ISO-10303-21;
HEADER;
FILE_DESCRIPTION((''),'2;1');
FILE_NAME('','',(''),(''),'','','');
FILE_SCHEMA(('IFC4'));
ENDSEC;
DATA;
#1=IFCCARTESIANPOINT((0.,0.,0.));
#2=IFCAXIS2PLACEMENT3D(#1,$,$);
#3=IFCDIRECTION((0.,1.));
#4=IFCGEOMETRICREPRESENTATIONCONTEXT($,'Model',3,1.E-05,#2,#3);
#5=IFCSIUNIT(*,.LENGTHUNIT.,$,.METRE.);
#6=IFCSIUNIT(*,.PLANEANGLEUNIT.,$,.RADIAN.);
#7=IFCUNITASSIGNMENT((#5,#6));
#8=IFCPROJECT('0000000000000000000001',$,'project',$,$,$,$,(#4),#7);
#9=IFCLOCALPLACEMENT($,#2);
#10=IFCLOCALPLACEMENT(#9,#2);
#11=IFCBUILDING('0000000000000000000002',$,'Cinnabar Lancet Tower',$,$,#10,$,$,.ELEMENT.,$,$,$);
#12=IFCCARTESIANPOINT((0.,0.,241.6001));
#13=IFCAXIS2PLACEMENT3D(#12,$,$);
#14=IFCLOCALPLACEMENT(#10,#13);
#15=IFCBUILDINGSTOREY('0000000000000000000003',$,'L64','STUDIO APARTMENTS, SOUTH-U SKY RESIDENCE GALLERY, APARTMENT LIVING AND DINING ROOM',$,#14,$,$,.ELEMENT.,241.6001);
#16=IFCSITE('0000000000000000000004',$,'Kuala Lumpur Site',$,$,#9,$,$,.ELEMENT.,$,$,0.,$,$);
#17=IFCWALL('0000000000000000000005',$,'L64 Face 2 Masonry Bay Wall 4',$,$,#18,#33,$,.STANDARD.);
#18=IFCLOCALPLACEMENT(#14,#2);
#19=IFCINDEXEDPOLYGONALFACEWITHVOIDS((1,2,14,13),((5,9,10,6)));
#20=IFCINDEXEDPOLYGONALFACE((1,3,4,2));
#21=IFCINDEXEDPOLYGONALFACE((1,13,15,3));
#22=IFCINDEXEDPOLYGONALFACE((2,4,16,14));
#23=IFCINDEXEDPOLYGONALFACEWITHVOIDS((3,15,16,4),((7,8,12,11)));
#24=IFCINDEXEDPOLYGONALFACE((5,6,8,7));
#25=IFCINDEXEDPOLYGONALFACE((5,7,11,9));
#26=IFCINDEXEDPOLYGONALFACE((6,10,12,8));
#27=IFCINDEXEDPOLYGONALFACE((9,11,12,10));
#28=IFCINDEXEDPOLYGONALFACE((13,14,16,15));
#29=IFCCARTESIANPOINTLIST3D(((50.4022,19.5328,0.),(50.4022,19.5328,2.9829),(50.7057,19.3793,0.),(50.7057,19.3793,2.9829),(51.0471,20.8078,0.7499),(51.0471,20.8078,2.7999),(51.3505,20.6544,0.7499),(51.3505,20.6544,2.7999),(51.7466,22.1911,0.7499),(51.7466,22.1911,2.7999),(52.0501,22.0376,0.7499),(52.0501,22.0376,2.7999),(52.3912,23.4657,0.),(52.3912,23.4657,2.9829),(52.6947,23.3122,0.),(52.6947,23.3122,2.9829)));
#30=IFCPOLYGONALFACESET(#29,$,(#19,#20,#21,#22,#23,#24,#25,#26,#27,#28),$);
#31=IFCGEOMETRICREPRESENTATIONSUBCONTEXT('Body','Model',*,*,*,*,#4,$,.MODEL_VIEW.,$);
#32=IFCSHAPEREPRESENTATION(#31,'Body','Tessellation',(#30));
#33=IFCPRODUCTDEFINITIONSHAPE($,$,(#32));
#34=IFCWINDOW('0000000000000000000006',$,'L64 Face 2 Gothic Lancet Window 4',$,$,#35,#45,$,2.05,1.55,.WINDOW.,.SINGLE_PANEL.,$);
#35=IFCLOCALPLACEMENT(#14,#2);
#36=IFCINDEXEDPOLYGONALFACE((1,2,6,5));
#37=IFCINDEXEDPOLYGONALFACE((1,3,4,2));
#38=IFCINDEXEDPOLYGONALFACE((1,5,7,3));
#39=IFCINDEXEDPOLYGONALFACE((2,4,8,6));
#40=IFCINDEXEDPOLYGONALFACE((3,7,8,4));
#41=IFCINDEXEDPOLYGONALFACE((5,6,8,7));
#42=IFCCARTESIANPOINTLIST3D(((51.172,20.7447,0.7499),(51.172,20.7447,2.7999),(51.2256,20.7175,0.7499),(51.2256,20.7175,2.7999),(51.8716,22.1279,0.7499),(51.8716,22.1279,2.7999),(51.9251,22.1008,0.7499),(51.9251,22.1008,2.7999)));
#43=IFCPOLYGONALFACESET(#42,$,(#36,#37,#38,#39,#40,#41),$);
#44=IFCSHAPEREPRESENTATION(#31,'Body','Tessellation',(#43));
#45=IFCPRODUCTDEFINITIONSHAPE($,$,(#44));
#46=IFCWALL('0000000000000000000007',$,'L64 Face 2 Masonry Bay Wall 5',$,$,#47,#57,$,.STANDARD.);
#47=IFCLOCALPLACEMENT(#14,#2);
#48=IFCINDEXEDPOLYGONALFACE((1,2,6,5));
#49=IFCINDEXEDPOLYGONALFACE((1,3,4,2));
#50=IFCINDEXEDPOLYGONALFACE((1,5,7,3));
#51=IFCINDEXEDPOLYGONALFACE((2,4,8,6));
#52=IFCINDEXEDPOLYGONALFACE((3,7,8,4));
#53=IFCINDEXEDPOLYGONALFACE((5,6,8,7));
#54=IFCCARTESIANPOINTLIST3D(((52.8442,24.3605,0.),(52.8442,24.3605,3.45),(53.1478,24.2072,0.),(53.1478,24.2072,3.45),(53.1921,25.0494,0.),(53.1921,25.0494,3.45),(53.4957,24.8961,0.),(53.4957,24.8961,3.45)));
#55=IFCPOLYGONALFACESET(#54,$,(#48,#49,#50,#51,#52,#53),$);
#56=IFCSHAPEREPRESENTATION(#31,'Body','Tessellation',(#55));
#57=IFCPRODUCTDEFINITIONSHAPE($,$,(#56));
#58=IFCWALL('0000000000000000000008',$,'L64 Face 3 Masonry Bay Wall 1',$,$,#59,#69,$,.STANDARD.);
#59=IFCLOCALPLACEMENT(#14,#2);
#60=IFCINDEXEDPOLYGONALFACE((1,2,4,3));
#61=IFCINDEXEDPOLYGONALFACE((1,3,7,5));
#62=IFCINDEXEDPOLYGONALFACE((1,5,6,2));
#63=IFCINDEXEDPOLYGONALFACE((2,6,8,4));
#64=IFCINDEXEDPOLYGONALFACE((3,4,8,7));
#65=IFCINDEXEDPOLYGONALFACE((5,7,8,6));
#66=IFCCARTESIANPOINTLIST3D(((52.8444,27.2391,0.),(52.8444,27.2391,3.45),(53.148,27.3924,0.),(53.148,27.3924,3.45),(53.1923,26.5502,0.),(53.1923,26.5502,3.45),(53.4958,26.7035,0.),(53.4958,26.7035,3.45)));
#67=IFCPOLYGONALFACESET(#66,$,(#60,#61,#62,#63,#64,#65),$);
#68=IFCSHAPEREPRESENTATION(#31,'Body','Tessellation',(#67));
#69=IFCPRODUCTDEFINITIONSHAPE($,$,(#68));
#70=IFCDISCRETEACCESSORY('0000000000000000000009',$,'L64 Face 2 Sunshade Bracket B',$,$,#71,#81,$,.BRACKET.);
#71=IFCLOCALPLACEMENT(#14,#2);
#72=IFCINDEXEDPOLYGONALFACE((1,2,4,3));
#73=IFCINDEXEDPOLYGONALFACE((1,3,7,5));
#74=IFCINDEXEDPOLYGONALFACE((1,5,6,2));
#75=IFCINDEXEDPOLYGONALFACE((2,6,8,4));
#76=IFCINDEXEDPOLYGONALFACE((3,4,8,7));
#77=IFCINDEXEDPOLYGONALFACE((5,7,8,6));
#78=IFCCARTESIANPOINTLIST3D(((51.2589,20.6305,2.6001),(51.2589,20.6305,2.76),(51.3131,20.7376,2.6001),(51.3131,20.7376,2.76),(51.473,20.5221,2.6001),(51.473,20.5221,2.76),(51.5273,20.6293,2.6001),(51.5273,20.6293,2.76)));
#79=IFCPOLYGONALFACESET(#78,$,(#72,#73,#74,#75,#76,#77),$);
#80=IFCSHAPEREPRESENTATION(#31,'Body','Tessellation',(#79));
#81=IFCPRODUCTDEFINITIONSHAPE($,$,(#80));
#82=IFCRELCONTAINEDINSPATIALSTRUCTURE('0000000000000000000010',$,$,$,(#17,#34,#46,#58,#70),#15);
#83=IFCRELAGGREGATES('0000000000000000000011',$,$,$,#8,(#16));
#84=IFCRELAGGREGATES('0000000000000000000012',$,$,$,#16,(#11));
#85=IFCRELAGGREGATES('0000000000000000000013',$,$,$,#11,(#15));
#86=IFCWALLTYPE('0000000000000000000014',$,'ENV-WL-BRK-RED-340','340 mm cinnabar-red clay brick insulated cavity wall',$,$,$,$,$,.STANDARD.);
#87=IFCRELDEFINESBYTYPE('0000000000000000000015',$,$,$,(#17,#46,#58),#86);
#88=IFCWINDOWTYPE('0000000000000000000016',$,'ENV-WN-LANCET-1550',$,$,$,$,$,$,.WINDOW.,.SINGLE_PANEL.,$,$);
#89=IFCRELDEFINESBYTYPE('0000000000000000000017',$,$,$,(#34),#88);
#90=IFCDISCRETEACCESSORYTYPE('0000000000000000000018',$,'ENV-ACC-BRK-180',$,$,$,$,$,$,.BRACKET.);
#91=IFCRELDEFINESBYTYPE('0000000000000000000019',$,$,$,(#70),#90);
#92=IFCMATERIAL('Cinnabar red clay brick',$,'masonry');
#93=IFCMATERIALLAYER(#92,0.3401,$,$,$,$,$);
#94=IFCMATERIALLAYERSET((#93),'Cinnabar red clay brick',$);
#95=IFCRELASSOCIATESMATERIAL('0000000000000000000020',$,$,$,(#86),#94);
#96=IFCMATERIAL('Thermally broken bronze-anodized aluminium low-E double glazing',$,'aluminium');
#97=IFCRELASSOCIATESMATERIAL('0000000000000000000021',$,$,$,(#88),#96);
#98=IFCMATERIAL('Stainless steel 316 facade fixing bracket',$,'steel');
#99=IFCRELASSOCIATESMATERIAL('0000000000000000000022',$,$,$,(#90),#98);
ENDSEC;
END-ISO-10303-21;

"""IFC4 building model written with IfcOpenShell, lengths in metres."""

from ifc_helpers import new_model, si_unit, direction, frame, frame_2d, origin, origin_2d, place, context, subcontext, project, spatial, rectangle, extrude, material, layer, layer_set, type_object, element, fill, save


model = new_model("IFC4")

# Units and contexts
model_context = context("Model", 3, precision=1e-05, world=origin(), true_north=direction((0.0, 1.0)))
body_context = subcontext(model_context, "Body", "Model", "MODEL_VIEW")
ifc_project = project(units=[si_unit("LENGTHUNIT", "METRE"), si_unit("PLANEANGLEUNIT", "RADIAN")], contexts=[model_context])

# Site, building, storey
site_placement = place(None, origin())
site = spatial("IfcSite", under=ifc_project, at=site_placement, Name="Kuala Lumpur Site", CompositionType="ELEMENT", RefElevation=0.0)
building_placement = place(site_placement, origin())
building = spatial("IfcBuilding", under=site, at=building_placement, Name="Cinnabar Lancet Tower", CompositionType="ELEMENT")
storey_placement = place(building_placement, frame((0.0, 0.0, 241.6001)))
storey = spatial("IfcBuildingStorey", under=building, at=storey_placement, Name="L64", Description="STUDIO APARTMENTS, SOUTH-U SKY RESIDENCE GALLERY, APARTMENT LIVING AND DINING ROOM", CompositionType="ELEMENT", Elevation=241.6001)

# Shared definitions
ifc_material_1 = material(Name="Cinnabar red clay brick", Category="masonry")
ifc_layer_1 = layer(ifc_material_1, 0.3401)
ifc_layer_set_1 = layer_set([ifc_layer_1], Name="Cinnabar red clay brick")
wall_type_1 = type_object("IfcWallType", Name="ENV-WL-BRK-RED-340", Description="340 mm cinnabar-red clay brick insulated cavity wall", PredefinedType="STANDARD", material=ifc_layer_set_1)

# Wall, opening, window
wall_1_placement = place(storey_placement, frame((50.554, 19.4561, 0.0), z_axis=(0.0, 0.0, 1.0), x_axis=(0.451308, 0.892368, 0.0)))
wall_1 = element("IfcWall", 1, at=wall_1_placement, inside=storey, type_object=wall_type_1, Name="L64 Face 2 Masonry Bay Wall 4", PredefinedType="STANDARD", context=body_context, shape_type="SweptSolid", body=[
    extrude(rectangle(XDim=4.4072, YDim=0.3401, at=frame_2d((2.2036, 0.0))), origin(), (0.0, 0.0, 1.0), 2.9829),
])
opening_1_placement = place(wall_1_placement, frame((1.429, 0.0, 0.75)))
opening_1 = element("IfcOpeningElement", 2, at=opening_1_placement, cuts=wall_1, PredefinedType="OPENING", context=body_context, shape_type="SweptSolid", body=[
    extrude(rectangle(XDim=1.55, YDim=2.05, at=frame_2d((0.7749, 1.0249))), frame((0.0, 0.1799, 0.0), z_axis=(0.0, -1.0, 0.0), x_axis=(1.0, 0.0, 0.0)), (0.0, 0.0, 1.0), 0.3601),
])
ifc_material_2 = material(Name="Thermally broken bronze-anodized aluminium low-E double glazing", Category="aluminium")
window_type = type_object("IfcWindowType", Name="ENV-WN-LANCET-1550", PartitioningType="SINGLE_PANEL", PredefinedType="WINDOW", material=ifc_material_2)
window_placement = place(opening_1_placement, origin())
window = element("IfcWindow", 3, at=window_placement, inside=storey, type_object=window_type, Name="L64 Face 2 Gothic Lancet Window 4", OverallHeight=2.05, OverallWidth=1.55, PartitioningType="SINGLE_PANEL", PredefinedType="WINDOW", context=body_context, shape_type="SweptSolid", body=[
    extrude(rectangle(XDim=1.55, YDim=2.05, at=frame_2d((0.7749, 1.0249))), frame((0.0, 0.03, 0.0), z_axis=(0.0, -1.0, 0.0), x_axis=(1.0, 0.0, 0.0)), (0.0, 0.0, 1.0), 0.0601),
])
fill(opening_1, window)

# Walls
for number, where, z_axis, x_axis, name in (
    (4, (52.9961, 24.2839, 0.0), (0.0, 0.0, 1.0), (0.450753, 0.892649, 0.0), "L64 Face 2 Masonry Bay Wall 5"),
    (5, (53.344, 26.627, 0.0), (0.0, 0.0, 1.0), (-0.450753, 0.892649, 0.0), "L64 Face 3 Masonry Bay Wall 1"),
):
    element("IfcWall", number, at=place(storey_placement, frame(where, z_axis=z_axis, x_axis=x_axis)), inside=storey, type_object=wall_type_1, Name=name, PredefinedType="STANDARD", context=body_context, shape_type="SweptSolid", body=[
        extrude(rectangle(XDim=0.7717, YDim=0.3401, at=frame_2d((0.3857, 0.0))), origin(), (0.0, 0.0, 1.0), 3.45),
    ])

# Discrete accessory
ifc_material_3 = material(Name="Stainless steel 316 facade fixing bracket", Category="steel")
discrete_accessory_type = type_object("IfcDiscreteAccessoryType", Name="ENV-ACC-BRK-180", PredefinedType="BRACKET", material=ifc_material_3)
discrete_accessory_placement = place(storey_placement, frame((51.3931, 20.6299, 2.6001), z_axis=(0.0, 0.0, 1.0), x_axis=(0.451376, 0.892334, 0.0)))
element("IfcDiscreteAccessory", 6, at=discrete_accessory_placement, inside=storey, type_object=discrete_accessory_type, Name="L64 Face 2 Sunshade Bracket B", PredefinedType="BRACKET", context=body_context, shape_type="SweptSolid", body=[
    extrude(rectangle(XDim=0.1201, YDim=0.24, at=origin_2d()), origin(), (0.0, 0.0, 1.0), 0.1599),
])

save(model, "model.ifc")
